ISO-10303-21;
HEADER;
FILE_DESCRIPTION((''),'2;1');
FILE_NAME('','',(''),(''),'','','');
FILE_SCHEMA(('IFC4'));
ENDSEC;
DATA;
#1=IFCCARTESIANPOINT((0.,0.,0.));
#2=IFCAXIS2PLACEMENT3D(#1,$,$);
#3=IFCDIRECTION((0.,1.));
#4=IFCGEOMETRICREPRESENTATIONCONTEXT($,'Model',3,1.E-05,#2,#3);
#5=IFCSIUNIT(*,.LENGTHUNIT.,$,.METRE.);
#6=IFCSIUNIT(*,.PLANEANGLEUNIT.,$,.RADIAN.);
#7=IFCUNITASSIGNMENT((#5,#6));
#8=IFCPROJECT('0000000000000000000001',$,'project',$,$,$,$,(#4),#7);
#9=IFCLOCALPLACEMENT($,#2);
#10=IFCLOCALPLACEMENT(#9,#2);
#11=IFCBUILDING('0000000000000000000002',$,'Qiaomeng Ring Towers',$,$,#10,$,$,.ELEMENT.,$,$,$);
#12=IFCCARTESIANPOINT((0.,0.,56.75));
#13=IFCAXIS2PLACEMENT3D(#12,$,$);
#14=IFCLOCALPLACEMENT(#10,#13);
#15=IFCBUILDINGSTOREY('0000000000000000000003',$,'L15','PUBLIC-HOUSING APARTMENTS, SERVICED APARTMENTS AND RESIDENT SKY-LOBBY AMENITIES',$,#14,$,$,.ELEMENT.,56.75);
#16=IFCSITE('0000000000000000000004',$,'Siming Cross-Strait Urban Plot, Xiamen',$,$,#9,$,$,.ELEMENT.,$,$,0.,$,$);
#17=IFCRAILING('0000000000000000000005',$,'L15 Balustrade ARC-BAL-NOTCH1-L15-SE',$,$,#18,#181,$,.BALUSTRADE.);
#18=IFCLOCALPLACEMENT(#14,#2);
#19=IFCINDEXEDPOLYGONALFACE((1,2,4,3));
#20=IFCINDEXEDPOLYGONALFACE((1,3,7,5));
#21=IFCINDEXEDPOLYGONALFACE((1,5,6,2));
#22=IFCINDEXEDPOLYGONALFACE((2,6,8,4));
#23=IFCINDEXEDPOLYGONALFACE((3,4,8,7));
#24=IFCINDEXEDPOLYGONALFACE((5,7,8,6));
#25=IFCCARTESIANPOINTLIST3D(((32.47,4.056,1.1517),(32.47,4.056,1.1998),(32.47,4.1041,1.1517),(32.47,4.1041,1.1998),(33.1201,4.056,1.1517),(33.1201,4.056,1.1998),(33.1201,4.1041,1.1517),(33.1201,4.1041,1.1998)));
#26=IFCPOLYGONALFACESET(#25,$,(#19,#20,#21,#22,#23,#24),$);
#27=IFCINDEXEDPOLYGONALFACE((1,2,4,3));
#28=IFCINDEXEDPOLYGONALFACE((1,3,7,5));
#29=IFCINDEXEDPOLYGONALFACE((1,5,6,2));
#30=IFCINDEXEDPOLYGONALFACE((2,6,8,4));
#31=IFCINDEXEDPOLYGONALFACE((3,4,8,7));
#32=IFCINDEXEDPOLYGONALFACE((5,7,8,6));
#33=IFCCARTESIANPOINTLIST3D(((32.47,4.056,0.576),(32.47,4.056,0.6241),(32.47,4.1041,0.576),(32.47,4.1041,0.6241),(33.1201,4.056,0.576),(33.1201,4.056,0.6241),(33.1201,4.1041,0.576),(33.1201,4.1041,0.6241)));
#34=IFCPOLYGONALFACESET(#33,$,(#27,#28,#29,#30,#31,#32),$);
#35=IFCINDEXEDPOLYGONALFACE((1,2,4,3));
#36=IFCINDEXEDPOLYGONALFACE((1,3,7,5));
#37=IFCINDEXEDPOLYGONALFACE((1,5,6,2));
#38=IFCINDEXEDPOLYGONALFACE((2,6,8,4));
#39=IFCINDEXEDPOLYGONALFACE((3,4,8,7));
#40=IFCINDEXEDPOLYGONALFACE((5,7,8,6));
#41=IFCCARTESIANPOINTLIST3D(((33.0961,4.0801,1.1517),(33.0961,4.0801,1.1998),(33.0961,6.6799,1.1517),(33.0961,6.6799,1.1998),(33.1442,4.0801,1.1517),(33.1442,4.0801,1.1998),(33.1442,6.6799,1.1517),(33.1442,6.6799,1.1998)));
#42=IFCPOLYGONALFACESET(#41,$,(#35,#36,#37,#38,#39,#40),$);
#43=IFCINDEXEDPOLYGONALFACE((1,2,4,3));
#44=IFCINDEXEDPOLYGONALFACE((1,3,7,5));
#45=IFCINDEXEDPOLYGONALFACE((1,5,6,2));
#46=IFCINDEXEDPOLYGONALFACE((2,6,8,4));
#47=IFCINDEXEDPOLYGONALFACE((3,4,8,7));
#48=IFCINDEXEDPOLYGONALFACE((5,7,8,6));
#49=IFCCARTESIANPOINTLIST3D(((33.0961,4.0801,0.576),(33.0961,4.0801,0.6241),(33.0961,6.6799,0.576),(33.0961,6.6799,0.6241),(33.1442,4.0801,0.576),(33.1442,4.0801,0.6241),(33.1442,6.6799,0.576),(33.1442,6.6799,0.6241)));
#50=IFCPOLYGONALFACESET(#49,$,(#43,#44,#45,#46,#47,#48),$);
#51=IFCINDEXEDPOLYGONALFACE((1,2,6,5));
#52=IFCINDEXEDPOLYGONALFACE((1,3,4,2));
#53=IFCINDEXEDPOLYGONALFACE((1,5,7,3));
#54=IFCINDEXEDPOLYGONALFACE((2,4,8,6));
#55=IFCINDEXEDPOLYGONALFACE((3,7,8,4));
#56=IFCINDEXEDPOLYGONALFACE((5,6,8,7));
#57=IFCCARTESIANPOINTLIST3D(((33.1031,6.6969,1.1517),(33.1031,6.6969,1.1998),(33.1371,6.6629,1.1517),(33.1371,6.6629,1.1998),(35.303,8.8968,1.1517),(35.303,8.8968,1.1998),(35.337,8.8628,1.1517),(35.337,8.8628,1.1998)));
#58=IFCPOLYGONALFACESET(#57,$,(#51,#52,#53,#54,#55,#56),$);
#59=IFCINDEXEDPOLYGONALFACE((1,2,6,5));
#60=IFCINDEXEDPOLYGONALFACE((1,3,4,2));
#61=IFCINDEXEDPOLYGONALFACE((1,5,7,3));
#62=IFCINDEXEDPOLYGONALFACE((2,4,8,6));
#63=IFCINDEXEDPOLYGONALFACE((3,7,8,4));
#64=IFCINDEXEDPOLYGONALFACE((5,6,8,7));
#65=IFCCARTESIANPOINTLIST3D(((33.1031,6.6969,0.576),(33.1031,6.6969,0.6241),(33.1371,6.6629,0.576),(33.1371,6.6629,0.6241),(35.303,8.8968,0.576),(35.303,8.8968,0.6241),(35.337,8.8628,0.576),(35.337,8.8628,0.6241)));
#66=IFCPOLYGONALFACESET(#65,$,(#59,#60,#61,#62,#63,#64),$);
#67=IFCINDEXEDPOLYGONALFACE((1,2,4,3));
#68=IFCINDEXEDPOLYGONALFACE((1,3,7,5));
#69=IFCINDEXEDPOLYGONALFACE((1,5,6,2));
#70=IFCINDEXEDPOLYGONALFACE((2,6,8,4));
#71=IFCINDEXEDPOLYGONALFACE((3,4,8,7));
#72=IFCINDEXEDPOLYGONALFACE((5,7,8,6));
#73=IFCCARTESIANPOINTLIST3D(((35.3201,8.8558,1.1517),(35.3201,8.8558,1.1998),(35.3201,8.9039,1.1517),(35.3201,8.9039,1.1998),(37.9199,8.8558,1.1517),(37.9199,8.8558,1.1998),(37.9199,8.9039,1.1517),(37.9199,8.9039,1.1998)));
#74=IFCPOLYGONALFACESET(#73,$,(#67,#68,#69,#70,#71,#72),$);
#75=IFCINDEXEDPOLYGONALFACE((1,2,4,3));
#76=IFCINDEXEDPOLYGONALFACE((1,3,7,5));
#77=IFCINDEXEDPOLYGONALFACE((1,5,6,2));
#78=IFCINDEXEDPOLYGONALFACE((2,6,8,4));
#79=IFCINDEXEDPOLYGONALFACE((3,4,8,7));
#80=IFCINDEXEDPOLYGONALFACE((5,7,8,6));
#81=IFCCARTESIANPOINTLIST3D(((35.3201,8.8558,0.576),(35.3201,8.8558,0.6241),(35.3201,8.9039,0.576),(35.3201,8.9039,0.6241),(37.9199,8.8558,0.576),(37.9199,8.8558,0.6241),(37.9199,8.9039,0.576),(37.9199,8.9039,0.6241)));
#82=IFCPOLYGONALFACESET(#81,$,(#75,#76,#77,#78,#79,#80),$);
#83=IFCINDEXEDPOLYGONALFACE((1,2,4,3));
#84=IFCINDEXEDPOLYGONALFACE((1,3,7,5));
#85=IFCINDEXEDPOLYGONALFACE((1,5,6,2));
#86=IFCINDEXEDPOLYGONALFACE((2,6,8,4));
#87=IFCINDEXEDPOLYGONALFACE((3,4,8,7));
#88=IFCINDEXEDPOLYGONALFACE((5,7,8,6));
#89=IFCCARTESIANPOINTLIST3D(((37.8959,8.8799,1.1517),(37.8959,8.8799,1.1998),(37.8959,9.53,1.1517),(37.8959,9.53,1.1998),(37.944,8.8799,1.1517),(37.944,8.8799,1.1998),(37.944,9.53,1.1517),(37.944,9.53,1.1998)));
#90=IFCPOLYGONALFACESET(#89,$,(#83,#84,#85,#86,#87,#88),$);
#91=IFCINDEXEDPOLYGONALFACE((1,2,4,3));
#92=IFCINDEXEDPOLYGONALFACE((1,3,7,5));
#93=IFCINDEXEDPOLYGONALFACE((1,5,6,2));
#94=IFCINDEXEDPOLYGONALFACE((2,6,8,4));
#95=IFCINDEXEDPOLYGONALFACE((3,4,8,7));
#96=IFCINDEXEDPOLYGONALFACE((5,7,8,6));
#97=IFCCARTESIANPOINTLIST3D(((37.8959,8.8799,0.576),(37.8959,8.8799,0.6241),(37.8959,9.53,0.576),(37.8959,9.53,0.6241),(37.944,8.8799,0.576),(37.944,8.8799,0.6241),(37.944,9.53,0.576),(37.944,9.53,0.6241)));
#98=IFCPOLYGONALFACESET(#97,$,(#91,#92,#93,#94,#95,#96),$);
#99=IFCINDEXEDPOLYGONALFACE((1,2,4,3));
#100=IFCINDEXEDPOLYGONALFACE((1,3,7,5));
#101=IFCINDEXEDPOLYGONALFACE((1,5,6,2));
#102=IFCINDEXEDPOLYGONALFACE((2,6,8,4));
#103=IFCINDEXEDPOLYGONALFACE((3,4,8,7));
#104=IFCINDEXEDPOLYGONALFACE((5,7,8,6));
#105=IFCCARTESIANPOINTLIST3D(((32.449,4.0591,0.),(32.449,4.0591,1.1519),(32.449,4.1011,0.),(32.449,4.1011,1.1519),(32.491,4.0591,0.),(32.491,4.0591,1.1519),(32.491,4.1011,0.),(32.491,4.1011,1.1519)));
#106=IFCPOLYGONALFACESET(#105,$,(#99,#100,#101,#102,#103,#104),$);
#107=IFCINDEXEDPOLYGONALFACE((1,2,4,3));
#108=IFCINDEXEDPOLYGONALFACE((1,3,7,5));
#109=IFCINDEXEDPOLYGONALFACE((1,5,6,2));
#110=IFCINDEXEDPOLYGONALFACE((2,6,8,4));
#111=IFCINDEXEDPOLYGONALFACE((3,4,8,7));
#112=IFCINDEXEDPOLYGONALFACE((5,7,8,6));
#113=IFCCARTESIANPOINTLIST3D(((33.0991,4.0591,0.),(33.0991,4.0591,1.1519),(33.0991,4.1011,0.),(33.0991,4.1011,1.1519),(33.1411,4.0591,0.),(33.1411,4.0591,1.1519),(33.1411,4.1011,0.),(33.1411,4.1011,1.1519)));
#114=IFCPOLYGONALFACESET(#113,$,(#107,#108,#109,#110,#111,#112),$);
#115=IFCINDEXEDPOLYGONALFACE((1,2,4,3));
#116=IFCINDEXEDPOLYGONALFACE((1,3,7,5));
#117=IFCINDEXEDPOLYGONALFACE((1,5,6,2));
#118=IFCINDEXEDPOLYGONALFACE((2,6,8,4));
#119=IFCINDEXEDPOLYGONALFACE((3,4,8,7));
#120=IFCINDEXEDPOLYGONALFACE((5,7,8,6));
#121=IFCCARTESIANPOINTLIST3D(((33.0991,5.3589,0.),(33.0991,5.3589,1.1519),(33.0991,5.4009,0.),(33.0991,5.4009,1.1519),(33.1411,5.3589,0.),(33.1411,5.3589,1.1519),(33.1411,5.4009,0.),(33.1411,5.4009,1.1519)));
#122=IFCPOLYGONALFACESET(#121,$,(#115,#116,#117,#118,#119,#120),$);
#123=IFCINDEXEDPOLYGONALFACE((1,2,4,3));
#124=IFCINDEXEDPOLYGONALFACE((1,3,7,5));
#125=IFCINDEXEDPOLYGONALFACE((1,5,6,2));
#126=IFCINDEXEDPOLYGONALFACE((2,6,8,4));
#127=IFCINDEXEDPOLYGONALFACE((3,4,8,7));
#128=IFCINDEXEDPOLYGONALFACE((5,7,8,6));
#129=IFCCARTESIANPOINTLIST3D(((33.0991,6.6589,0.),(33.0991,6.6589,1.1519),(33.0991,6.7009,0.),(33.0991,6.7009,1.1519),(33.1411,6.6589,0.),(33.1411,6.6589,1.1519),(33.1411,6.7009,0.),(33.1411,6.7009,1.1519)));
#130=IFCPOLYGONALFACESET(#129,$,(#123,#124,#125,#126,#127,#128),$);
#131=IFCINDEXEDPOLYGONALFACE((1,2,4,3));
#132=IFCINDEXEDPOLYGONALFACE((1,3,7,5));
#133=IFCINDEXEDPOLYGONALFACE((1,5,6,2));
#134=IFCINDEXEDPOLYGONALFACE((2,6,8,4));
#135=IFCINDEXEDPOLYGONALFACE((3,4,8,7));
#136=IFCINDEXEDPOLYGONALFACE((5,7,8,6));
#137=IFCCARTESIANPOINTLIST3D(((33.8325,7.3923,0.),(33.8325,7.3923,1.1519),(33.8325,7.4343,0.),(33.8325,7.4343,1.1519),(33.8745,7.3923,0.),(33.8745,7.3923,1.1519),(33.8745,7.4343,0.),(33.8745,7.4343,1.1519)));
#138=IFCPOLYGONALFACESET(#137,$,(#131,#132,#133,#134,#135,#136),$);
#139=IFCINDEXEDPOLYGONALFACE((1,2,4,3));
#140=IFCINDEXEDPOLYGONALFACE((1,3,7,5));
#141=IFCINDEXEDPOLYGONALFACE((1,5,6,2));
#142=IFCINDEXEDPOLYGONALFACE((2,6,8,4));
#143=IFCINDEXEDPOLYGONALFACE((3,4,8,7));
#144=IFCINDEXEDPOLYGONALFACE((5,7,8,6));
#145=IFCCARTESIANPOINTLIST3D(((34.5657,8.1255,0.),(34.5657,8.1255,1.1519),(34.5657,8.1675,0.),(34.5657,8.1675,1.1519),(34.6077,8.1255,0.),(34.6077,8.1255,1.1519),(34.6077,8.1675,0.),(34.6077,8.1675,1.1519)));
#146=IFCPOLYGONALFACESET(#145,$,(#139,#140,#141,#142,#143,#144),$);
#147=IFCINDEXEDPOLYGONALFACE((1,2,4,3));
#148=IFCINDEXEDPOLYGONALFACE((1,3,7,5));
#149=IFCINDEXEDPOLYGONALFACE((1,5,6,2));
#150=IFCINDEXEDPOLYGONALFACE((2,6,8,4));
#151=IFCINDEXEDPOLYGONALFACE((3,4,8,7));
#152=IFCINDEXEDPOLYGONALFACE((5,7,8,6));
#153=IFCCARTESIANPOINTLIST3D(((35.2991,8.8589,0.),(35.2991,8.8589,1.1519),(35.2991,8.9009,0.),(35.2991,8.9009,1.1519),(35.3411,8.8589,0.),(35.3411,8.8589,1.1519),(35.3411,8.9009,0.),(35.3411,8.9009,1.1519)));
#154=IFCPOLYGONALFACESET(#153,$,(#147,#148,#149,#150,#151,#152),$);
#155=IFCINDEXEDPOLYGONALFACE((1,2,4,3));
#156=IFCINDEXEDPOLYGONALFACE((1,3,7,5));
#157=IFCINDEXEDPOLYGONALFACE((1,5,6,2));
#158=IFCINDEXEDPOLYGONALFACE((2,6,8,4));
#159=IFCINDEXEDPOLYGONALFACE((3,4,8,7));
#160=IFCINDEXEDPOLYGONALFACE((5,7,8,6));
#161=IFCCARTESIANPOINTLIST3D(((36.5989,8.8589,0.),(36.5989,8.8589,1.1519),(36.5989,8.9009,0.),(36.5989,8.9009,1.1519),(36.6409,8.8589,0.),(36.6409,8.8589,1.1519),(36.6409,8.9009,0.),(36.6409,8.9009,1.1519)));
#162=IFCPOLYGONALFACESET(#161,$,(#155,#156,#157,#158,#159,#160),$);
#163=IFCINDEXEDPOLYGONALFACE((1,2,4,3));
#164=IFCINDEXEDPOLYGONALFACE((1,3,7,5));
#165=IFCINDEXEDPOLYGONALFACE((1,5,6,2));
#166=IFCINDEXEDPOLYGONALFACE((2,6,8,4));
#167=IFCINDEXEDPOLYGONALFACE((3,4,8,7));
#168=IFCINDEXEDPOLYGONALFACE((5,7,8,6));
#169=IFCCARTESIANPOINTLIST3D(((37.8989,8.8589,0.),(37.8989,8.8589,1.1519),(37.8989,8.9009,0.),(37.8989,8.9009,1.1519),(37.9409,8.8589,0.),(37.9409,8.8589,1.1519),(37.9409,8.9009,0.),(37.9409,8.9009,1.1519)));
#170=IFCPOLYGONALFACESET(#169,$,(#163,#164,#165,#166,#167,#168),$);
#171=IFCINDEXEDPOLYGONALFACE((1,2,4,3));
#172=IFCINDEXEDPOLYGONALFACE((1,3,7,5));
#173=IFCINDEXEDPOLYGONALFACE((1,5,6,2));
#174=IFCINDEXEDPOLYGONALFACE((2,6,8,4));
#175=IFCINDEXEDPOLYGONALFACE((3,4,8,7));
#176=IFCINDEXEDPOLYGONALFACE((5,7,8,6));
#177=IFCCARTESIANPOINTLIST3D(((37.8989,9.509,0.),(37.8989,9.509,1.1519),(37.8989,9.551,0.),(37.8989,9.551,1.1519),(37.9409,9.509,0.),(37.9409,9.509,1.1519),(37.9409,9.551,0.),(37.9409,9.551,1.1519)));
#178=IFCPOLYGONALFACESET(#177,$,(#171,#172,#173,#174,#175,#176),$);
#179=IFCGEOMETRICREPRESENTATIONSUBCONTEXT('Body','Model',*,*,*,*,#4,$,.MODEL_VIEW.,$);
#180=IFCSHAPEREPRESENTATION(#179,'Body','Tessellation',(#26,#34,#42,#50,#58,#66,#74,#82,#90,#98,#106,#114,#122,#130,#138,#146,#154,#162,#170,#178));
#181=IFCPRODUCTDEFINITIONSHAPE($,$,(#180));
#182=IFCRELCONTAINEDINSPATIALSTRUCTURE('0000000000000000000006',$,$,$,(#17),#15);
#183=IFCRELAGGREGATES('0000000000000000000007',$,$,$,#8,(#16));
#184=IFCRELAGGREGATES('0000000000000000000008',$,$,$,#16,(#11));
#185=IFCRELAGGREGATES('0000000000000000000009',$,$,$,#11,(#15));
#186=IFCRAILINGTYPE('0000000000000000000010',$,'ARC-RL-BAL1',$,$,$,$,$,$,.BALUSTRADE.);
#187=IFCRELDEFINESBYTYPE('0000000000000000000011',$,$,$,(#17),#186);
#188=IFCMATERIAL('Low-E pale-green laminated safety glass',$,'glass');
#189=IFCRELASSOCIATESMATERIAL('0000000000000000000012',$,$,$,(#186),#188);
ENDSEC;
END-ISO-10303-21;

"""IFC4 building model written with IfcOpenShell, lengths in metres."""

from ifc_helpers import new_model, si_unit, direction, frame, origin, origin_2d, place, context, subcontext, project, spatial, rectangle, extrude, material, type_object, element, save


model = new_model("IFC4")

# Units and contexts
model_context = context("Model", 3, precision=1e-05, world=origin(), true_north=direction((0.0, 1.0)))
body_context = subcontext(model_context, "Body", "Model", "MODEL_VIEW")
ifc_project = project(units=[si_unit("LENGTHUNIT", "METRE"), si_unit("PLANEANGLEUNIT", "RADIAN")], contexts=[model_context])

# Site, building, storey
site_placement = place(None, origin())
site = spatial("IfcSite", under=ifc_project, at=site_placement, Name="Siming Cross-Strait Urban Plot, Xiamen", CompositionType="ELEMENT", RefElevation=0.0)
building_placement = place(site_placement, origin())
building = spatial("IfcBuilding", under=site, at=building_placement, Name="Qiaomeng Ring Towers", CompositionType="ELEMENT")
storey_placement = place(building_placement, frame((0.0, 0.0, 56.75)))
storey = spatial("IfcBuildingStorey", under=building, at=storey_placement, Name="L15", Description="PUBLIC-HOUSING APARTMENTS, SERVICED APARTMENTS AND RESIDENT SKY-LOBBY AMENITIES", CompositionType="ELEMENT", Elevation=56.75)

# Railing
ifc_material_1 = material(Name="Low-E pale-green laminated safety glass", Category="glass")
railing_type = type_object("IfcRailingType", Name="ARC-RL-BAL1", PredefinedType="BALUSTRADE", material=ifc_material_1)
railing_placement = place(storey_placement, frame((32.47, 4.0801, 0.0)))
element("IfcRailing", 1, at=railing_placement, inside=storey, type_object=railing_type, Name="L15 Balustrade ARC-BAL-NOTCH1-L15-SE", PredefinedType="BALUSTRADE", context=body_context, shape_type="SweptSolid", body=[
    extrude(rectangle(XDim=0.0481, YDim=0.0481, at=origin_2d()), frame((0.0, 0.0, 1.1758), z_axis=(1.0, 0.0, 0.0), x_axis=(0.0, 1.0, 0.0)), (0.0, 0.0, 1.0), 0.6501),
    extrude(rectangle(XDim=0.0481, YDim=0.0481, at=origin_2d()), frame((0.0, 0.0, 0.6001), z_axis=(1.0, 0.0, 0.0), x_axis=(0.0, 1.0, 0.0)), (0.0, 0.0, 1.0), 0.6501),
    extrude(rectangle(XDim=0.0481, YDim=0.0481, at=origin_2d()), frame((0.6501, 0.0, 1.1758), z_axis=(0.0, 1.0, 0.0), x_axis=(-1.0, 0.0, 0.0)), (0.0, 0.0, 1.0), 2.5999),
    extrude(rectangle(XDim=0.0481, YDim=0.0481, at=origin_2d()), frame((0.6501, 0.0, 0.6001), z_axis=(0.0, 1.0, 0.0), x_axis=(-1.0, 0.0, 0.0)), (0.0, 0.0, 1.0), 2.5999),
    extrude(rectangle(XDim=0.0481, YDim=0.0481, at=origin_2d()), frame((0.6501, 2.5999, 1.1758), z_axis=(0.707107, 0.707107, 0.0), x_axis=(-0.707107, 0.707107, 0.0)), (0.0, 0.0, 1.0), 3.1111),
    extrude(rectangle(XDim=0.0481, YDim=0.0481, at=origin_2d()), frame((0.6501, 2.5999, 0.6001), z_axis=(0.707107, 0.707107, 0.0), x_axis=(-0.707107, 0.707107, 0.0)), (0.0, 0.0, 1.0), 3.1111),
    extrude(rectangle(XDim=0.0481, YDim=0.0481, at=origin_2d()), frame((2.8501, 4.7998, 1.1758), z_axis=(1.0, 0.0, 0.0), x_axis=(0.0, 1.0, 0.0)), (0.0, 0.0, 1.0), 2.5999),
    extrude(rectangle(XDim=0.0481, YDim=0.0481, at=origin_2d()), frame((2.8501, 4.7998, 0.6001), z_axis=(1.0, 0.0, 0.0), x_axis=(0.0, 1.0, 0.0)), (0.0, 0.0, 1.0), 2.5999),
    extrude(rectangle(XDim=0.0481, YDim=0.0481, at=origin_2d()), frame((5.45, 4.7998, 1.1758), z_axis=(0.0, 1.0, 0.0), x_axis=(-1.0, 0.0, 0.0)), (0.0, 0.0, 1.0), 0.6501),
    extrude(rectangle(XDim=0.0481, YDim=0.0481, at=origin_2d()), frame((5.45, 4.7998, 0.6001), z_axis=(0.0, 1.0, 0.0), x_axis=(-1.0, 0.0, 0.0)), (0.0, 0.0, 1.0), 0.6501),
    extrude(rectangle(XDim=0.042, YDim=0.042, at=origin_2d()), origin(), (0.0, 0.0, 1.0), 1.1519),
    extrude(rectangle(XDim=0.042, YDim=0.042, at=origin_2d()), frame((0.6501, 0.0, 0.0)), (0.0, 0.0, 1.0), 1.1519),
    extrude(rectangle(XDim=0.042, YDim=0.042, at=origin_2d()), frame((0.6501, 1.2998, 0.0)), (0.0, 0.0, 1.0), 1.1519),
    extrude(rectangle(XDim=0.042, YDim=0.042, at=origin_2d()), frame((0.6501, 2.5999, 0.0)), (0.0, 0.0, 1.0), 1.1519),
    extrude(rectangle(XDim=0.042, YDim=0.042, at=origin_2d()), frame((1.3835, 3.3333, 0.0)), (0.0, 0.0, 1.0), 1.1519),
    extrude(rectangle(XDim=0.042, YDim=0.042, at=origin_2d()), frame((2.1167, 4.0664, 0.0)), (0.0, 0.0, 1.0), 1.1519),
    extrude(rectangle(XDim=0.042, YDim=0.042, at=origin_2d()), frame((2.8501, 4.7998, 0.0)), (0.0, 0.0, 1.0), 1.1519),
    extrude(rectangle(XDim=0.042, YDim=0.042, at=origin_2d()), frame((4.1499, 4.7998, 0.0)), (0.0, 0.0, 1.0), 1.1519),
    extrude(rectangle(XDim=0.042, YDim=0.042, at=origin_2d()), frame((5.45, 4.7998, 0.0)), (0.0, 0.0, 1.0), 1.1519),
    extrude(rectangle(XDim=0.042, YDim=0.042, at=origin_2d()), frame((5.45, 5.45, 0.0)), (0.0, 0.0, 1.0), 1.1519),
])

save(model, "model.ifc")
